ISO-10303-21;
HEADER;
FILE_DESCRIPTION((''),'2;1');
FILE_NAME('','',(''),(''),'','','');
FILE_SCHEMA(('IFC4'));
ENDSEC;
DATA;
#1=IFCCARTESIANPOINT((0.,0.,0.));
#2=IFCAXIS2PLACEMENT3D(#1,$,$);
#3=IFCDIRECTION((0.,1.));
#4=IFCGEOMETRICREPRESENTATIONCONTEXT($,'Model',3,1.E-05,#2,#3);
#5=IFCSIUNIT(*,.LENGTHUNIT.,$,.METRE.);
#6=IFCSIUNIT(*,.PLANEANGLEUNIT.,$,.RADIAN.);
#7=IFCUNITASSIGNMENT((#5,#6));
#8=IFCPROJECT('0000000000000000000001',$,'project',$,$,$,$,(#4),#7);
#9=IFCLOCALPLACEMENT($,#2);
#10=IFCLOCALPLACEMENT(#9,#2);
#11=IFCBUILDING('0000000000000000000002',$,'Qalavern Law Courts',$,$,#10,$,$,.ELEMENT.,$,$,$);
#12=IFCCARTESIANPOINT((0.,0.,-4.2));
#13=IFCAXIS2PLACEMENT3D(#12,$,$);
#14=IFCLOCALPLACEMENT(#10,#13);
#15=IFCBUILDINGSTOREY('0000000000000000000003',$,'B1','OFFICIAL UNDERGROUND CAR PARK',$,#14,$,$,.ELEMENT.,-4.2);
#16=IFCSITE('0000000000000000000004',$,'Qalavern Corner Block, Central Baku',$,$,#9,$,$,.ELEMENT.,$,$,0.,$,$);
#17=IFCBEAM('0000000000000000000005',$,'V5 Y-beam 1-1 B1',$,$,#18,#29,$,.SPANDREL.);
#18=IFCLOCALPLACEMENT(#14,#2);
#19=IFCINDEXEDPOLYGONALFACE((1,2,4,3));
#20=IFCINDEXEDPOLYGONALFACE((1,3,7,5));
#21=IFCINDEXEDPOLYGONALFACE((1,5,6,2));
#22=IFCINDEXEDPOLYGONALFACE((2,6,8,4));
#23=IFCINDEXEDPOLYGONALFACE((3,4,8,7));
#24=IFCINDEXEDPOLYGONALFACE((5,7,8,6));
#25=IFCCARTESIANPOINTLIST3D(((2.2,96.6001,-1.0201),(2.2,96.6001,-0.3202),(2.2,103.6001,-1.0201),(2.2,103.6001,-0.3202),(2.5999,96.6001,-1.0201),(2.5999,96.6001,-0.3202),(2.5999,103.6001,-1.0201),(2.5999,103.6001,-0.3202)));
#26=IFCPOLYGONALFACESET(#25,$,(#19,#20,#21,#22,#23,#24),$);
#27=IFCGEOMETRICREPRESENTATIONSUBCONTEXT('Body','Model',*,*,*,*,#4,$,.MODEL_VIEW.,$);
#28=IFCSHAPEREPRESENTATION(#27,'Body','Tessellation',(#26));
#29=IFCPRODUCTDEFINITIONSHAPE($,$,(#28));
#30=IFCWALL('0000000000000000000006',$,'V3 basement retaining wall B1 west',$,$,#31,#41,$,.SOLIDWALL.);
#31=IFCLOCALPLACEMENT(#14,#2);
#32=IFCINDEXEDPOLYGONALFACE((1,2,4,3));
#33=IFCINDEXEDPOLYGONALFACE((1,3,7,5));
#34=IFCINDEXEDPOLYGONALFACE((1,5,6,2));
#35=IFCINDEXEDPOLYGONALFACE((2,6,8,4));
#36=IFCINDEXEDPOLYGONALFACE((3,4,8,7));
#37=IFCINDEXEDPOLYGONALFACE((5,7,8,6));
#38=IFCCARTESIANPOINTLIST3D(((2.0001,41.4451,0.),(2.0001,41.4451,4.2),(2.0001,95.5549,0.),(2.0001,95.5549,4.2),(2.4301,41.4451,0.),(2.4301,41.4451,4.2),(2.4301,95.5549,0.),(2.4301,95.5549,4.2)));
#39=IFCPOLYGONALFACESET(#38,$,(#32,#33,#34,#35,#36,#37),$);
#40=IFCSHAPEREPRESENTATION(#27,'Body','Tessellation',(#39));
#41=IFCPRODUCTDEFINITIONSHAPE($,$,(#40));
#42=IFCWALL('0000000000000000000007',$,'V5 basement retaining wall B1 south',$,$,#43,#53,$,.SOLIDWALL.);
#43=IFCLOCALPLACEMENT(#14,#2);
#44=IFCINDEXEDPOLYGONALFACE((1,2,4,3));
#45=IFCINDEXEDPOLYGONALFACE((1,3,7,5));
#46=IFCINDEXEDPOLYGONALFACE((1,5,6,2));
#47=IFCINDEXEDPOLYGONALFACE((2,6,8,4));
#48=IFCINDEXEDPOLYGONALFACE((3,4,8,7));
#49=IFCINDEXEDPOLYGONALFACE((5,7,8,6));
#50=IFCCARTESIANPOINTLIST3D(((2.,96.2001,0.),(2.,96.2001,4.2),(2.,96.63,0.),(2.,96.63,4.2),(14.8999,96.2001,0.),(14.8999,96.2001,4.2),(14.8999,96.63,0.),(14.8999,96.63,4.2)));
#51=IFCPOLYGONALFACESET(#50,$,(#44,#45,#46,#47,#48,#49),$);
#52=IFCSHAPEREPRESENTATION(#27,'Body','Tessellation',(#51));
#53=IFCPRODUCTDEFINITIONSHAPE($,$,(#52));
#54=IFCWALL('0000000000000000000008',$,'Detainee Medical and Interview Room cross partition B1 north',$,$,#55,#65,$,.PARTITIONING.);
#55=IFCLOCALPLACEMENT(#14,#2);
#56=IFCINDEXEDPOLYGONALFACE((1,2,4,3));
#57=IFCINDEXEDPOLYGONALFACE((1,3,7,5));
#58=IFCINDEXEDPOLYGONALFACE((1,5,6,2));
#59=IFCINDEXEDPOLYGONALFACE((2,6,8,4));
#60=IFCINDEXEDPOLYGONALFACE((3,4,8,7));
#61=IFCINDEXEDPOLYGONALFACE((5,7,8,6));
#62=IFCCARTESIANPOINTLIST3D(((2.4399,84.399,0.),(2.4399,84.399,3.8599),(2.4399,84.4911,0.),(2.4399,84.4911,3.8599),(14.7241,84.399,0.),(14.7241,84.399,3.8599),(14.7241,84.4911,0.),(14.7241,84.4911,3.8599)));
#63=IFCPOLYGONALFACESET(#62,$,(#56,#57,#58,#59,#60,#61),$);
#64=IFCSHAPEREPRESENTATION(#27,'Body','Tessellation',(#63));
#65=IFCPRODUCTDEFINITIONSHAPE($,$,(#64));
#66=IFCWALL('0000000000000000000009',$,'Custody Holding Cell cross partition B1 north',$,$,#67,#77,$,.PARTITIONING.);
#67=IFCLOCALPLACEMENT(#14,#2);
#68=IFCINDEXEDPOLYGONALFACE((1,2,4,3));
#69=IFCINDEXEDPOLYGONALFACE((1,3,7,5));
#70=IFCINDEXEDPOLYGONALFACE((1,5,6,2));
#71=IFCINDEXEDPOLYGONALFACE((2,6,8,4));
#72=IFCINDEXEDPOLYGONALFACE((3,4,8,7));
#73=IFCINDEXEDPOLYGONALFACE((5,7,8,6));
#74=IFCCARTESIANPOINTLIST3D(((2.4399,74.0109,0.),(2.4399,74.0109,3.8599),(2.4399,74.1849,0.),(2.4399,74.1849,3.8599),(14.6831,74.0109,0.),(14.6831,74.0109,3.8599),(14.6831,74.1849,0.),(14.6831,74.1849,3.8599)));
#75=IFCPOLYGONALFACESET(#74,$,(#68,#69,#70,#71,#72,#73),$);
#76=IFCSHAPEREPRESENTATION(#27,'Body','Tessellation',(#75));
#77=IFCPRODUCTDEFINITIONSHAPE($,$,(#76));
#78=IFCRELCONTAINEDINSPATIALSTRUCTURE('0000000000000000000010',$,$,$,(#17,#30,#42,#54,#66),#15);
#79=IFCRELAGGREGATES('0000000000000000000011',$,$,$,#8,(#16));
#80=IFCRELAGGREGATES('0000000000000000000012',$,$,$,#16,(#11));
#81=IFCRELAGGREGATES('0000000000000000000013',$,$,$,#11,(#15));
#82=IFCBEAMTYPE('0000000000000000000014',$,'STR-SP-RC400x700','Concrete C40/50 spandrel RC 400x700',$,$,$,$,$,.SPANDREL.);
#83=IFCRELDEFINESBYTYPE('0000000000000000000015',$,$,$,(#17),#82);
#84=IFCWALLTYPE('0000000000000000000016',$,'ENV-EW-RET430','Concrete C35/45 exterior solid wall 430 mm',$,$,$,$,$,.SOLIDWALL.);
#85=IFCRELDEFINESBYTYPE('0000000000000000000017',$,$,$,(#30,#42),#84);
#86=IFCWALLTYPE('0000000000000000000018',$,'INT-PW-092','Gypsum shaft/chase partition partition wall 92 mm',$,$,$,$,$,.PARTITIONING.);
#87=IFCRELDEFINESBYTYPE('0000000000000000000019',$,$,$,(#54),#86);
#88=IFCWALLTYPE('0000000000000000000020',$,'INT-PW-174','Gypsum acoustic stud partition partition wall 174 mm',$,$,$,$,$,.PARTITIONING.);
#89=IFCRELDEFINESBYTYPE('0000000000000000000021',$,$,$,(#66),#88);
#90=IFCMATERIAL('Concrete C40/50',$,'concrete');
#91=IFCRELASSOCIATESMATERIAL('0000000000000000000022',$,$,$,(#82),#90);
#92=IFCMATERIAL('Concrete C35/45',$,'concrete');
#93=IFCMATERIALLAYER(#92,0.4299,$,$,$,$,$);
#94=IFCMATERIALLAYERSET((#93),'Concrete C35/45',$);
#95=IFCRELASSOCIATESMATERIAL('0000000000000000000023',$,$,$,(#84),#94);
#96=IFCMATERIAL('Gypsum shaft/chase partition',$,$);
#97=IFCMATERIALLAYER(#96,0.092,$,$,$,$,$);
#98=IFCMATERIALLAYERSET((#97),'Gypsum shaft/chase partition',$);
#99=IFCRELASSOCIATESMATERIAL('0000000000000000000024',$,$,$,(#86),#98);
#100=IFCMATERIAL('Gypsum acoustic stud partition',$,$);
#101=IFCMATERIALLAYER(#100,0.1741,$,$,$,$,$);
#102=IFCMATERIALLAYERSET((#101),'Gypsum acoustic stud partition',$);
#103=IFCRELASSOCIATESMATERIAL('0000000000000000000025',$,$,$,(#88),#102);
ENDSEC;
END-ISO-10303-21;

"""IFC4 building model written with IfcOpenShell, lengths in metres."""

from ifc_helpers import new_model, si_unit, direction, frame, frame_2d, origin, origin_2d, place, context, subcontext, project, spatial, rectangle, extrude, material, layer, layer_set, material_profile, profile_set, type_object, element, save


model = new_model("IFC4")

# Units and contexts
model_context = context("Model", 3, precision=1e-05, world=origin(), true_north=direction((0.0, 1.0)))
body_context = subcontext(model_context, "Body", "Model", "MODEL_VIEW")
ifc_project = project(units=[si_unit("LENGTHUNIT", "METRE"), si_unit("PLANEANGLEUNIT", "RADIAN")], contexts=[model_context])

# Site, building, storey
site_placement = place(None, origin())
site = spatial("IfcSite", under=ifc_project, at=site_placement, Name="Qalavern Corner Block, Central Baku", CompositionType="ELEMENT", RefElevation=0.0)
building_placement = place(site_placement, origin())
building = spatial("IfcBuilding", under=site, at=building_placement, Name="Qalavern Law Courts", CompositionType="ELEMENT")
storey_placement = place(building_placement, frame((0.0, 0.0, -4.2)))
storey = spatial("IfcBuildingStorey", under=building, at=storey_placement, Name="B1", Description="OFFICIAL UNDERGROUND CAR PARK", CompositionType="ELEMENT", Elevation=-4.2)

# Beam
ifc_material_1 = material(Name="Concrete C35/45", Category="concrete")
ifc_material_2 = material(Name="Concrete C40/50", Category="concrete")
ifc_material_profile_1 = material_profile(ifc_material_2, rectangle(XDim=0.3999, YDim=0.7, at=origin_2d()), Name="RC 400x700")
ifc_profile_set_1 = profile_set([ifc_material_profile_1], Name="Concrete C40/50")
beam_type_1 = type_object("IfcBeamType", Name="STR-SP-RC400x700", Description="Concrete C40/50 spandrel RC 400x700", PredefinedType="SPANDREL", material=ifc_profile_set_1)
beam_1_placement = place(storey_placement, frame((2.3999, 96.6001, -0.6702), z_axis=(0.0, 1.0, 0.0), x_axis=(-1.0, 0.0, 0.0)))
element("IfcBeam", 1, at=beam_1_placement, inside=storey, type_object=beam_type_1, Name="V5 Y-beam 1-1 B1", PredefinedType="SPANDREL", context=body_context, shape_type="SweptSolid", body=[
    extrude(rectangle(XDim=0.3999, YDim=0.7, at=origin_2d()), origin(), (0.0, 0.0, 1.0), 7.0),
])

# Walls
ifc_layer_1 = layer(ifc_material_1, 0.4299)
ifc_layer_set_1 = layer_set([ifc_layer_1], Name="Concrete C35/45")
wall_type_1 = type_object("IfcWallType", Name="ENV-EW-RET430", Description="Concrete C35/45 exterior solid wall 430 mm", PredefinedType="SOLIDWALL", material=ifc_layer_set_1)
wall_1_placement = place(storey_placement, frame((2.2151, 95.5549, 0.0), z_axis=(0.0, 0.0, 1.0), x_axis=(0.0, -1.0, 0.0)))
element("IfcWall", 2, at=wall_1_placement, inside=storey, type_object=wall_type_1, Name="V3 basement retaining wall B1 west", PredefinedType="SOLIDWALL", context=body_context, shape_type="SweptSolid", body=[
    extrude(rectangle(XDim=54.1099, YDim=0.4299, at=frame_2d((27.0549, 0.0))), origin(), (0.0, 0.0, 1.0), 4.2),
])
wall_2_placement = place(storey_placement, frame((2.0, 96.415, 0.0), z_axis=(0.0, 0.0, 1.0), x_axis=(1.0, 0.0, 0.0)))
element("IfcWall", 3, at=wall_2_placement, inside=storey, type_object=wall_type_1, Name="V5 basement retaining wall B1 south", PredefinedType="SOLIDWALL", context=body_context, shape_type="SweptSolid", body=[
    extrude(rectangle(XDim=12.8999, YDim=0.4299, at=frame_2d((6.45, 0.0))), origin(), (0.0, 0.0, 1.0), 4.2),
])
ifc_material_3 = material(Name="Gypsum shaft/chase partition")
ifc_layer_2 = layer(ifc_material_3, 0.092)
ifc_layer_set_2 = layer_set([ifc_layer_2], Name="Gypsum shaft/chase partition")
wall_type_2 = type_object("IfcWallType", Name="INT-PW-092", Description="Gypsum shaft/chase partition partition wall 92 mm", PredefinedType="PARTITIONING", material=ifc_layer_set_2)
wall_3_placement = place(storey_placement, frame((2.4399, 84.4451, 0.0), z_axis=(0.0, 0.0, 1.0), x_axis=(1.0, 0.0, 0.0)))
element("IfcWall", 4, at=wall_3_placement, inside=storey, type_object=wall_type_2, Name="Detainee Medical and Interview Room cross partition B1 north", PredefinedType="PARTITIONING", context=body_context, shape_type="SweptSolid", body=[
    extrude(rectangle(XDim=12.2842, YDim=0.092, at=frame_2d((6.1421, 0.0))), origin(), (0.0, 0.0, 1.0), 3.8599),
])
ifc_material_4 = material(Name="Gypsum acoustic stud partition")
ifc_layer_3 = layer(ifc_material_4, 0.1741)
ifc_layer_set_3 = layer_set([ifc_layer_3], Name="Gypsum acoustic stud partition")
wall_type_3 = type_object("IfcWallType", Name="INT-PW-174", Description="Gypsum acoustic stud partition partition wall 174 mm", PredefinedType="PARTITIONING", material=ifc_layer_set_3)
wall_4_placement = place(storey_placement, frame((2.4399, 74.0979, 0.0), z_axis=(0.0, 0.0, 1.0), x_axis=(1.0, 0.0, 0.0)))
element("IfcWall", 5, at=wall_4_placement, inside=storey, type_object=wall_type_3, Name="Custody Holding Cell cross partition B1 north", PredefinedType="PARTITIONING", context=body_context, shape_type="SweptSolid", body=[
    extrude(rectangle(XDim=12.2432, YDim=0.1741, at=frame_2d((6.1216, 0.0))), origin(), (0.0, 0.0, 1.0), 3.8599),
])

save(model, "model.ifc")
